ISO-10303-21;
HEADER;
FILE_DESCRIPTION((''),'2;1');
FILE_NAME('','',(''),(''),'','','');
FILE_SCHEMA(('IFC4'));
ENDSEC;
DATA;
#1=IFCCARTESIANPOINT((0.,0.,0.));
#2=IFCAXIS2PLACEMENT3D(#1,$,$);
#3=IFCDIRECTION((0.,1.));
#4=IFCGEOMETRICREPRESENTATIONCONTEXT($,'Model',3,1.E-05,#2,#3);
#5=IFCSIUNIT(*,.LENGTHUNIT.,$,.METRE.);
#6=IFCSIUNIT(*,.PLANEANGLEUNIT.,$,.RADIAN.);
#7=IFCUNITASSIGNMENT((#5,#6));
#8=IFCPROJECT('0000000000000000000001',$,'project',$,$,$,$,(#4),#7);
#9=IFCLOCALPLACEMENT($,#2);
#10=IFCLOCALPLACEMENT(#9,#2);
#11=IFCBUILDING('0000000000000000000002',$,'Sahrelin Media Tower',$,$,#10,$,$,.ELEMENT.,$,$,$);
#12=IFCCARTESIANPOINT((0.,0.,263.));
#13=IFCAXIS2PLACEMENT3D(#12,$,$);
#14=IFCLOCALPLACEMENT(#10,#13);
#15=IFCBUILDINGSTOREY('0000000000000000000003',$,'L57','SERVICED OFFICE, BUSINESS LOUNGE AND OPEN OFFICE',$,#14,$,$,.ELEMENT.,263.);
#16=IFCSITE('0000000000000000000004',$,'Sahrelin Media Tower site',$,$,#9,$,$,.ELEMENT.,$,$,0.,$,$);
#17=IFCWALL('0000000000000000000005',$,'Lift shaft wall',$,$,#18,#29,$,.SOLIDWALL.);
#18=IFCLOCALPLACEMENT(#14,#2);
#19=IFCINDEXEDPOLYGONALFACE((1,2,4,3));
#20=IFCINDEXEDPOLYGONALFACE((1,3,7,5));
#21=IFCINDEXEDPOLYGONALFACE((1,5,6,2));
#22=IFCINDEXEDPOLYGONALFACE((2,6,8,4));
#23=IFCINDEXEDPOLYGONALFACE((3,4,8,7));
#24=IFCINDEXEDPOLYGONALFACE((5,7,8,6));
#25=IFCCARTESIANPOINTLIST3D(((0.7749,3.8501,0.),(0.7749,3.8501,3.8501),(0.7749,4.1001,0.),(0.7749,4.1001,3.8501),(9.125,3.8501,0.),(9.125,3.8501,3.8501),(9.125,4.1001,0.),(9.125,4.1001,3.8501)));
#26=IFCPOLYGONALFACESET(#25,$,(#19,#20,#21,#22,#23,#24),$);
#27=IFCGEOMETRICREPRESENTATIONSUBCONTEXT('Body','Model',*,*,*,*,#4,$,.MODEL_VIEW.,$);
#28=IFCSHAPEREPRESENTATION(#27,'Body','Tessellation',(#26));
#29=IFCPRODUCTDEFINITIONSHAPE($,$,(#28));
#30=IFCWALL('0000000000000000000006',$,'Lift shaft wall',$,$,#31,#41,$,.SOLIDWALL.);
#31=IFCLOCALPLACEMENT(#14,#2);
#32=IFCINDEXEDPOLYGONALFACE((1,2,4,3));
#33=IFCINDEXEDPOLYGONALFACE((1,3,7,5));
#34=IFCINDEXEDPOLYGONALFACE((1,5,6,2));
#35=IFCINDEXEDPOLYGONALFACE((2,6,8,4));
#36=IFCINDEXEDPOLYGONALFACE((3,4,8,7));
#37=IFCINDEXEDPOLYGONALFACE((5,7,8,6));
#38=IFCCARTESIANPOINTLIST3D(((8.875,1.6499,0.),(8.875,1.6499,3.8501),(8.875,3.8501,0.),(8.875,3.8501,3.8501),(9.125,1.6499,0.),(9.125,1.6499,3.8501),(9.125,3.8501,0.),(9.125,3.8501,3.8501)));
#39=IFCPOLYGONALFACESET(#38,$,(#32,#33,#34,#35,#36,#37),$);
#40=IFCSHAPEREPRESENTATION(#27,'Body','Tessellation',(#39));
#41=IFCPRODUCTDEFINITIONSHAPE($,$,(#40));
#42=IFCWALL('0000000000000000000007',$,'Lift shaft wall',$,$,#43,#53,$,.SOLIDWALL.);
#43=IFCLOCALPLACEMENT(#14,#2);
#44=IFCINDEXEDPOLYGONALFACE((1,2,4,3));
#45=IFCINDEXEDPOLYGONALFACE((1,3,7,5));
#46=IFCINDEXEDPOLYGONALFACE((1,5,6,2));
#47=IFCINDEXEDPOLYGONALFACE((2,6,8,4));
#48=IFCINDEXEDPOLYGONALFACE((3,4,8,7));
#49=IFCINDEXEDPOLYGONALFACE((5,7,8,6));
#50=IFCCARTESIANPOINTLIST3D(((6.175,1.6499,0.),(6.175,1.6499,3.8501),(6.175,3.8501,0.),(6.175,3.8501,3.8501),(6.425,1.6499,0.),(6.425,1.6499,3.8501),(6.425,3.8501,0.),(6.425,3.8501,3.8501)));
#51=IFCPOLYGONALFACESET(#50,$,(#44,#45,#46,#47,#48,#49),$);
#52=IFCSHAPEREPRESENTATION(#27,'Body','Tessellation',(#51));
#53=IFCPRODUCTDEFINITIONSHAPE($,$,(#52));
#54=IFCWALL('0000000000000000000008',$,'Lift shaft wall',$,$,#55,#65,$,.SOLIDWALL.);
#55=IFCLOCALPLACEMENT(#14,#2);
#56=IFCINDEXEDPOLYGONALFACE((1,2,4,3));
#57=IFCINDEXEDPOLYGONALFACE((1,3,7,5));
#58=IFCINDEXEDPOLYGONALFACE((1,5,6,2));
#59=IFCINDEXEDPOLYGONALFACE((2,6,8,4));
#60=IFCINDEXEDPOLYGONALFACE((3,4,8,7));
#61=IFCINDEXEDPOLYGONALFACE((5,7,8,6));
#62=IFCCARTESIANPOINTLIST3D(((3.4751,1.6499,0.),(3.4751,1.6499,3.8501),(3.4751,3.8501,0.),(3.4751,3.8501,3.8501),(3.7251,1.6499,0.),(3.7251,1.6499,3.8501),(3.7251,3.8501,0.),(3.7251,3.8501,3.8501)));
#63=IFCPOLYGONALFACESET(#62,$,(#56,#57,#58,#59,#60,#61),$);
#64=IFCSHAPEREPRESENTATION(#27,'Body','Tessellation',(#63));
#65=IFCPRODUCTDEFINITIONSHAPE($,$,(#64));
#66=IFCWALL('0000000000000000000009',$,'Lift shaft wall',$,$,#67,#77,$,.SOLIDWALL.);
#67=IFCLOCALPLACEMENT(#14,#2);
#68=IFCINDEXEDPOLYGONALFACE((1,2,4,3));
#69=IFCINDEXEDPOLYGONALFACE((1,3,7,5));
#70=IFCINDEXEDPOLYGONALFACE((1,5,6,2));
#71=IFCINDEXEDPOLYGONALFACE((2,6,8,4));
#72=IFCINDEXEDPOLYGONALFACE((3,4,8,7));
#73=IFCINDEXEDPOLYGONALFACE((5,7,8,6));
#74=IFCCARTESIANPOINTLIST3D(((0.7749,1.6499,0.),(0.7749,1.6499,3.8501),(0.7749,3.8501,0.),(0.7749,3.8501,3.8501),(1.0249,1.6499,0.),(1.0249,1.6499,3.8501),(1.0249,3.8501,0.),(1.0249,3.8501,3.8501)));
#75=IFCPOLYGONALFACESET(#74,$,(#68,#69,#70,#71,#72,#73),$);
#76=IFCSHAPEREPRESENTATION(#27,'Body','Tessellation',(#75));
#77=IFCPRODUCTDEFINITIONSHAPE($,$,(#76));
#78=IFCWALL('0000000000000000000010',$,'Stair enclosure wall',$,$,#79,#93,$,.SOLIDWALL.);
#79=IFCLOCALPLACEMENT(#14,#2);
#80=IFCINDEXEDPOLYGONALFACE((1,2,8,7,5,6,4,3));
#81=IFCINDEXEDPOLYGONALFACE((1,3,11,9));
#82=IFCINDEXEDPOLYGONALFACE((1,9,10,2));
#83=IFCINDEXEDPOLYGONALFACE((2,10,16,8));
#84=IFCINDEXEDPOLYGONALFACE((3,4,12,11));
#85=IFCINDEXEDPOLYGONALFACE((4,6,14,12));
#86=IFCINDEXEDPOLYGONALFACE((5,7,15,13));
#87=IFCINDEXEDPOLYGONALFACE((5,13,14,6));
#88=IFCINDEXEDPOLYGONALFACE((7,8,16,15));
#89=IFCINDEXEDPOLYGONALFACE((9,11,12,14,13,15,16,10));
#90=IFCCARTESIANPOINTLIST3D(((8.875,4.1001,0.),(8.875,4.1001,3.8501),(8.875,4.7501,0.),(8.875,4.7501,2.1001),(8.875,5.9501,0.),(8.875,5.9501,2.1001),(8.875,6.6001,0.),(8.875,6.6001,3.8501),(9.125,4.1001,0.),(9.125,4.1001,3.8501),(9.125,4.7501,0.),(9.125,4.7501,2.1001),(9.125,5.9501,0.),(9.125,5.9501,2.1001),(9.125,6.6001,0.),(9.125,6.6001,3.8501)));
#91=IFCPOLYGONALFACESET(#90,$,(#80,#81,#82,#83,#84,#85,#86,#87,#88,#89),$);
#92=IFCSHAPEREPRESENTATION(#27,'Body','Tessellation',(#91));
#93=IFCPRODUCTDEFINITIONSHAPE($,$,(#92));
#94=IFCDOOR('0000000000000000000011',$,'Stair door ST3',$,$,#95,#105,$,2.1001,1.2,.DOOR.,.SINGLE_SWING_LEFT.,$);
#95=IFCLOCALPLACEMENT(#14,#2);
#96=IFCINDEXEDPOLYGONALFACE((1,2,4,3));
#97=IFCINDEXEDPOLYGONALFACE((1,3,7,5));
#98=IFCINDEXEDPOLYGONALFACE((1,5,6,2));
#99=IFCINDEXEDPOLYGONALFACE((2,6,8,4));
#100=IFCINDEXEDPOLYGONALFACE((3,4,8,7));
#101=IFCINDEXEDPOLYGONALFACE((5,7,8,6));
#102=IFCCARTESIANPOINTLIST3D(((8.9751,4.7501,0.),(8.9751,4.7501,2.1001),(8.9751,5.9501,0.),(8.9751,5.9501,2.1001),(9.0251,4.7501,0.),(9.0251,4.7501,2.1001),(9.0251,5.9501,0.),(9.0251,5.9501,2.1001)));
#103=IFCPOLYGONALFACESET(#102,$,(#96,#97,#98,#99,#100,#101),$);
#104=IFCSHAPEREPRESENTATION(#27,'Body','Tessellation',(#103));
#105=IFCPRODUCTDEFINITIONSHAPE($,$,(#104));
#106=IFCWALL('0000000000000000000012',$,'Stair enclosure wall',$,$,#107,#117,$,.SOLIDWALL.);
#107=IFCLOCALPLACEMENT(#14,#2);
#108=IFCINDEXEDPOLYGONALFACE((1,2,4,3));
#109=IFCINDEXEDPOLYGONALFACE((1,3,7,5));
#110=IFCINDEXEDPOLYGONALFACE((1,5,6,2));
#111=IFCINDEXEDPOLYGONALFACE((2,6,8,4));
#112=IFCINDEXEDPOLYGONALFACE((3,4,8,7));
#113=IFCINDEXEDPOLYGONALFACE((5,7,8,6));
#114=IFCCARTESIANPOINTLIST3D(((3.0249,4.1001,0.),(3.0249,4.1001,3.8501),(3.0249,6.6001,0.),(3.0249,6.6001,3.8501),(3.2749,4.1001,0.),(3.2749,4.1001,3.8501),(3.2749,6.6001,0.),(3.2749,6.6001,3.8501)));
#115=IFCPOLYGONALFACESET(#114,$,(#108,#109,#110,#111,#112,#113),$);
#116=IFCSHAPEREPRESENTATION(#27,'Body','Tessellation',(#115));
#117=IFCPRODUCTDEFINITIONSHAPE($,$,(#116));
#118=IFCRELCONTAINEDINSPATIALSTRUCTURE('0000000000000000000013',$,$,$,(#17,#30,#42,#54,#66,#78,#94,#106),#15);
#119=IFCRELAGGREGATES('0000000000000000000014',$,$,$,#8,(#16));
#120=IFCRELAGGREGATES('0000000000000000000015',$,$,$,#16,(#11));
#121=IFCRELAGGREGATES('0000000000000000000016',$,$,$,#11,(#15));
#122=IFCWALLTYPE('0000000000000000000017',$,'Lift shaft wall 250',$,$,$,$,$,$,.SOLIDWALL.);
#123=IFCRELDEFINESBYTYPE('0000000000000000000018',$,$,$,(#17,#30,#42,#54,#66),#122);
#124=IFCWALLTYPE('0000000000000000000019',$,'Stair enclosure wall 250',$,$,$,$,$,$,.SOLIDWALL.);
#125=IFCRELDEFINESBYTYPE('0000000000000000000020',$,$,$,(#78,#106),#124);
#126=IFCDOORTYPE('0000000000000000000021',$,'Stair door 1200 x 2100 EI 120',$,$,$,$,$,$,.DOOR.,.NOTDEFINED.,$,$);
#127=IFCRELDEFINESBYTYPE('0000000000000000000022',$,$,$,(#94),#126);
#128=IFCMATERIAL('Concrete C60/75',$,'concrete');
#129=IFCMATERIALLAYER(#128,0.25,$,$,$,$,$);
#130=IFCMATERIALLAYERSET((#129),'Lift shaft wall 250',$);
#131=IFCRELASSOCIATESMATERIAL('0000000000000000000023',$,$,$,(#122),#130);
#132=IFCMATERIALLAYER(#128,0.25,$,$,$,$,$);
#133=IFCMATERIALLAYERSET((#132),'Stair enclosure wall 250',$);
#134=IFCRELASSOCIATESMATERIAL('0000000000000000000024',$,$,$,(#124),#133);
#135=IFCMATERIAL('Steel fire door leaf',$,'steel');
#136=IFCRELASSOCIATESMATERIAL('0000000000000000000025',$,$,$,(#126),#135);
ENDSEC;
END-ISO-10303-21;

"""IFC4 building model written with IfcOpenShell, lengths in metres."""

from ifc_helpers import new_model, si_unit, direction, frame, frame_2d, origin, place, context, subcontext, project, spatial, rectangle, extrude, material, layer, layer_set, type_object, element, fill, save


model = new_model("IFC4")

# Units and contexts
model_context = context("Model", 3, precision=1e-05, world=origin(), true_north=direction((0.0, 1.0)))
body_context = subcontext(model_context, "Body", "Model", "MODEL_VIEW")
ifc_project = project(units=[si_unit("LENGTHUNIT", "METRE"), si_unit("PLANEANGLEUNIT", "RADIAN")], contexts=[model_context])

# Site, building, storey
site_placement = place(None, origin())
site = spatial("IfcSite", under=ifc_project, at=site_placement, Name="Sahrelin Media Tower site", CompositionType="ELEMENT", RefElevation=0.0)
building_placement = place(site_placement, origin())
building = spatial("IfcBuilding", under=site, at=building_placement, Name="Sahrelin Media Tower", CompositionType="ELEMENT")
storey_placement = place(building_placement, frame((0.0, 0.0, 263.0)))
storey = spatial("IfcBuildingStorey", under=building, at=storey_placement, Name="L57", Description="SERVICED OFFICE, BUSINESS LOUNGE AND OPEN OFFICE", CompositionType="ELEMENT", Elevation=263.0)

# Shared definitions
ifc_material_1 = material(Name="Concrete C60/75", Category="concrete")
ifc_layer_1 = layer(ifc_material_1, 0.25)
ifc_layer_set_1 = layer_set([ifc_layer_1], Name="Lift shaft wall 250")
wall_type_1 = type_object("IfcWallType", Name="Lift shaft wall 250", PredefinedType="SOLIDWALL", material=ifc_layer_set_1)

# Walls
wall_1_placement = place(storey_placement, frame((0.7749, 3.9751, 0.0), z_axis=(0.0, 0.0, 1.0), x_axis=(1.0, 0.0, 0.0)))
element("IfcWall", 1, at=wall_1_placement, inside=storey, type_object=wall_type_1, Name="Lift shaft wall", PredefinedType="SOLIDWALL", context=body_context, shape_type="SweptSolid", body=[
    extrude(rectangle(XDim=8.3501, YDim=0.25, at=frame_2d((4.175, 0.0))), origin(), (0.0, 0.0, 1.0), 3.8501),
])
for number, where, z_axis, x_axis, name in (
    (2, (9.0, 1.6499, 0.0), (0.0, 0.0, 1.0), (0.0, 1.0, 0.0), "Lift shaft wall"),
    (3, (6.3, 1.6499, 0.0), (0.0, 0.0, 1.0), (0.0, 1.0, 0.0), "Lift shaft wall"),
    (4, (3.6001, 1.6499, 0.0), (0.0, 0.0, 1.0), (0.0, 1.0, 0.0), "Lift shaft wall"),
    (5, (0.8999, 1.6499, 0.0), (0.0, 0.0, 1.0), (0.0, 1.0, 0.0), "Lift shaft wall"),
):
    element("IfcWall", number, at=place(storey_placement, frame(where, z_axis=z_axis, x_axis=x_axis)), inside=storey, type_object=wall_type_1, Name=name, PredefinedType="SOLIDWALL", context=body_context, shape_type="SweptSolid", body=[
        extrude(rectangle(XDim=2.2002, YDim=0.25, at=frame_2d((1.1001, 0.0))), origin(), (0.0, 0.0, 1.0), 3.8501),
    ])

# Wall, opening, door
ifc_layer_2 = layer(ifc_material_1, 0.25)
ifc_layer_set_2 = layer_set([ifc_layer_2], Name="Stair enclosure wall 250")
wall_type_2 = type_object("IfcWallType", Name="Stair enclosure wall 250", PredefinedType="SOLIDWALL", material=ifc_layer_set_2)
wall_2_placement = place(storey_placement, frame((9.0, 4.1001, 0.0), z_axis=(0.0, 0.0, 1.0), x_axis=(0.0, 1.0, 0.0)))
wall_2 = element("IfcWall", 6, at=wall_2_placement, inside=storey, type_object=wall_type_2, Name="Stair enclosure wall", PredefinedType="SOLIDWALL", context=body_context, shape_type="SweptSolid", body=[
    extrude(rectangle(XDim=2.5, YDim=0.25, at=frame_2d((1.25, 0.0))), origin(), (0.0, 0.0, 1.0), 3.8501),
])
opening_1_placement = place(wall_2_placement, frame((0.6499, 0.0, 0.0)))
opening_1 = element("IfcOpeningElement", 7, at=opening_1_placement, cuts=wall_2, PredefinedType="OPENING", context=body_context, shape_type="SweptSolid", body=[
    extrude(rectangle(XDim=1.2, YDim=2.1001, at=frame_2d((0.6001, 1.05))), frame((0.0, 0.125, 0.0), z_axis=(0.0, -1.0, 0.0), x_axis=(1.0, 0.0, 0.0)), (0.0, 0.0, 1.0), 0.25),
])
ifc_material_2 = material(Name="Steel fire door leaf", Category="steel")
door_type_1 = type_object("IfcDoorType", Name="Stair door 1200 x 2100 EI 120", OperationType="NOTDEFINED", PredefinedType="DOOR", material=ifc_material_2)
door_1_placement = place(opening_1_placement, origin())
door_1 = element("IfcDoor", 8, at=door_1_placement, inside=storey, type_object=door_type_1, Name="Stair door ST3", OperationType="SINGLE_SWING_LEFT", OverallHeight=2.1001, OverallWidth=1.2, PredefinedType="DOOR", context=body_context, shape_type="SweptSolid", body=[
    extrude(rectangle(XDim=1.2, YDim=2.1001, at=frame_2d((0.6001, 1.05))), frame((0.0, 0.0249, 0.0), z_axis=(0.0, -1.0, 0.0), x_axis=(1.0, 0.0, 0.0)), (0.0, 0.0, 1.0), 0.05),
])
fill(opening_1, door_1)

# Wall
wall_3_placement = place(storey_placement, frame((3.1499, 4.1001, 0.0), z_axis=(0.0, 0.0, 1.0), x_axis=(0.0, 1.0, 0.0)))
element("IfcWall", 9, at=wall_3_placement, inside=storey, type_object=wall_type_2, Name="Stair enclosure wall", PredefinedType="SOLIDWALL", context=body_context, shape_type="SweptSolid", body=[
    extrude(rectangle(XDim=2.5, YDim=0.25, at=frame_2d((1.25, 0.0))), origin(), (0.0, 0.0, 1.0), 3.8501),
])

save(model, "model.ifc")
